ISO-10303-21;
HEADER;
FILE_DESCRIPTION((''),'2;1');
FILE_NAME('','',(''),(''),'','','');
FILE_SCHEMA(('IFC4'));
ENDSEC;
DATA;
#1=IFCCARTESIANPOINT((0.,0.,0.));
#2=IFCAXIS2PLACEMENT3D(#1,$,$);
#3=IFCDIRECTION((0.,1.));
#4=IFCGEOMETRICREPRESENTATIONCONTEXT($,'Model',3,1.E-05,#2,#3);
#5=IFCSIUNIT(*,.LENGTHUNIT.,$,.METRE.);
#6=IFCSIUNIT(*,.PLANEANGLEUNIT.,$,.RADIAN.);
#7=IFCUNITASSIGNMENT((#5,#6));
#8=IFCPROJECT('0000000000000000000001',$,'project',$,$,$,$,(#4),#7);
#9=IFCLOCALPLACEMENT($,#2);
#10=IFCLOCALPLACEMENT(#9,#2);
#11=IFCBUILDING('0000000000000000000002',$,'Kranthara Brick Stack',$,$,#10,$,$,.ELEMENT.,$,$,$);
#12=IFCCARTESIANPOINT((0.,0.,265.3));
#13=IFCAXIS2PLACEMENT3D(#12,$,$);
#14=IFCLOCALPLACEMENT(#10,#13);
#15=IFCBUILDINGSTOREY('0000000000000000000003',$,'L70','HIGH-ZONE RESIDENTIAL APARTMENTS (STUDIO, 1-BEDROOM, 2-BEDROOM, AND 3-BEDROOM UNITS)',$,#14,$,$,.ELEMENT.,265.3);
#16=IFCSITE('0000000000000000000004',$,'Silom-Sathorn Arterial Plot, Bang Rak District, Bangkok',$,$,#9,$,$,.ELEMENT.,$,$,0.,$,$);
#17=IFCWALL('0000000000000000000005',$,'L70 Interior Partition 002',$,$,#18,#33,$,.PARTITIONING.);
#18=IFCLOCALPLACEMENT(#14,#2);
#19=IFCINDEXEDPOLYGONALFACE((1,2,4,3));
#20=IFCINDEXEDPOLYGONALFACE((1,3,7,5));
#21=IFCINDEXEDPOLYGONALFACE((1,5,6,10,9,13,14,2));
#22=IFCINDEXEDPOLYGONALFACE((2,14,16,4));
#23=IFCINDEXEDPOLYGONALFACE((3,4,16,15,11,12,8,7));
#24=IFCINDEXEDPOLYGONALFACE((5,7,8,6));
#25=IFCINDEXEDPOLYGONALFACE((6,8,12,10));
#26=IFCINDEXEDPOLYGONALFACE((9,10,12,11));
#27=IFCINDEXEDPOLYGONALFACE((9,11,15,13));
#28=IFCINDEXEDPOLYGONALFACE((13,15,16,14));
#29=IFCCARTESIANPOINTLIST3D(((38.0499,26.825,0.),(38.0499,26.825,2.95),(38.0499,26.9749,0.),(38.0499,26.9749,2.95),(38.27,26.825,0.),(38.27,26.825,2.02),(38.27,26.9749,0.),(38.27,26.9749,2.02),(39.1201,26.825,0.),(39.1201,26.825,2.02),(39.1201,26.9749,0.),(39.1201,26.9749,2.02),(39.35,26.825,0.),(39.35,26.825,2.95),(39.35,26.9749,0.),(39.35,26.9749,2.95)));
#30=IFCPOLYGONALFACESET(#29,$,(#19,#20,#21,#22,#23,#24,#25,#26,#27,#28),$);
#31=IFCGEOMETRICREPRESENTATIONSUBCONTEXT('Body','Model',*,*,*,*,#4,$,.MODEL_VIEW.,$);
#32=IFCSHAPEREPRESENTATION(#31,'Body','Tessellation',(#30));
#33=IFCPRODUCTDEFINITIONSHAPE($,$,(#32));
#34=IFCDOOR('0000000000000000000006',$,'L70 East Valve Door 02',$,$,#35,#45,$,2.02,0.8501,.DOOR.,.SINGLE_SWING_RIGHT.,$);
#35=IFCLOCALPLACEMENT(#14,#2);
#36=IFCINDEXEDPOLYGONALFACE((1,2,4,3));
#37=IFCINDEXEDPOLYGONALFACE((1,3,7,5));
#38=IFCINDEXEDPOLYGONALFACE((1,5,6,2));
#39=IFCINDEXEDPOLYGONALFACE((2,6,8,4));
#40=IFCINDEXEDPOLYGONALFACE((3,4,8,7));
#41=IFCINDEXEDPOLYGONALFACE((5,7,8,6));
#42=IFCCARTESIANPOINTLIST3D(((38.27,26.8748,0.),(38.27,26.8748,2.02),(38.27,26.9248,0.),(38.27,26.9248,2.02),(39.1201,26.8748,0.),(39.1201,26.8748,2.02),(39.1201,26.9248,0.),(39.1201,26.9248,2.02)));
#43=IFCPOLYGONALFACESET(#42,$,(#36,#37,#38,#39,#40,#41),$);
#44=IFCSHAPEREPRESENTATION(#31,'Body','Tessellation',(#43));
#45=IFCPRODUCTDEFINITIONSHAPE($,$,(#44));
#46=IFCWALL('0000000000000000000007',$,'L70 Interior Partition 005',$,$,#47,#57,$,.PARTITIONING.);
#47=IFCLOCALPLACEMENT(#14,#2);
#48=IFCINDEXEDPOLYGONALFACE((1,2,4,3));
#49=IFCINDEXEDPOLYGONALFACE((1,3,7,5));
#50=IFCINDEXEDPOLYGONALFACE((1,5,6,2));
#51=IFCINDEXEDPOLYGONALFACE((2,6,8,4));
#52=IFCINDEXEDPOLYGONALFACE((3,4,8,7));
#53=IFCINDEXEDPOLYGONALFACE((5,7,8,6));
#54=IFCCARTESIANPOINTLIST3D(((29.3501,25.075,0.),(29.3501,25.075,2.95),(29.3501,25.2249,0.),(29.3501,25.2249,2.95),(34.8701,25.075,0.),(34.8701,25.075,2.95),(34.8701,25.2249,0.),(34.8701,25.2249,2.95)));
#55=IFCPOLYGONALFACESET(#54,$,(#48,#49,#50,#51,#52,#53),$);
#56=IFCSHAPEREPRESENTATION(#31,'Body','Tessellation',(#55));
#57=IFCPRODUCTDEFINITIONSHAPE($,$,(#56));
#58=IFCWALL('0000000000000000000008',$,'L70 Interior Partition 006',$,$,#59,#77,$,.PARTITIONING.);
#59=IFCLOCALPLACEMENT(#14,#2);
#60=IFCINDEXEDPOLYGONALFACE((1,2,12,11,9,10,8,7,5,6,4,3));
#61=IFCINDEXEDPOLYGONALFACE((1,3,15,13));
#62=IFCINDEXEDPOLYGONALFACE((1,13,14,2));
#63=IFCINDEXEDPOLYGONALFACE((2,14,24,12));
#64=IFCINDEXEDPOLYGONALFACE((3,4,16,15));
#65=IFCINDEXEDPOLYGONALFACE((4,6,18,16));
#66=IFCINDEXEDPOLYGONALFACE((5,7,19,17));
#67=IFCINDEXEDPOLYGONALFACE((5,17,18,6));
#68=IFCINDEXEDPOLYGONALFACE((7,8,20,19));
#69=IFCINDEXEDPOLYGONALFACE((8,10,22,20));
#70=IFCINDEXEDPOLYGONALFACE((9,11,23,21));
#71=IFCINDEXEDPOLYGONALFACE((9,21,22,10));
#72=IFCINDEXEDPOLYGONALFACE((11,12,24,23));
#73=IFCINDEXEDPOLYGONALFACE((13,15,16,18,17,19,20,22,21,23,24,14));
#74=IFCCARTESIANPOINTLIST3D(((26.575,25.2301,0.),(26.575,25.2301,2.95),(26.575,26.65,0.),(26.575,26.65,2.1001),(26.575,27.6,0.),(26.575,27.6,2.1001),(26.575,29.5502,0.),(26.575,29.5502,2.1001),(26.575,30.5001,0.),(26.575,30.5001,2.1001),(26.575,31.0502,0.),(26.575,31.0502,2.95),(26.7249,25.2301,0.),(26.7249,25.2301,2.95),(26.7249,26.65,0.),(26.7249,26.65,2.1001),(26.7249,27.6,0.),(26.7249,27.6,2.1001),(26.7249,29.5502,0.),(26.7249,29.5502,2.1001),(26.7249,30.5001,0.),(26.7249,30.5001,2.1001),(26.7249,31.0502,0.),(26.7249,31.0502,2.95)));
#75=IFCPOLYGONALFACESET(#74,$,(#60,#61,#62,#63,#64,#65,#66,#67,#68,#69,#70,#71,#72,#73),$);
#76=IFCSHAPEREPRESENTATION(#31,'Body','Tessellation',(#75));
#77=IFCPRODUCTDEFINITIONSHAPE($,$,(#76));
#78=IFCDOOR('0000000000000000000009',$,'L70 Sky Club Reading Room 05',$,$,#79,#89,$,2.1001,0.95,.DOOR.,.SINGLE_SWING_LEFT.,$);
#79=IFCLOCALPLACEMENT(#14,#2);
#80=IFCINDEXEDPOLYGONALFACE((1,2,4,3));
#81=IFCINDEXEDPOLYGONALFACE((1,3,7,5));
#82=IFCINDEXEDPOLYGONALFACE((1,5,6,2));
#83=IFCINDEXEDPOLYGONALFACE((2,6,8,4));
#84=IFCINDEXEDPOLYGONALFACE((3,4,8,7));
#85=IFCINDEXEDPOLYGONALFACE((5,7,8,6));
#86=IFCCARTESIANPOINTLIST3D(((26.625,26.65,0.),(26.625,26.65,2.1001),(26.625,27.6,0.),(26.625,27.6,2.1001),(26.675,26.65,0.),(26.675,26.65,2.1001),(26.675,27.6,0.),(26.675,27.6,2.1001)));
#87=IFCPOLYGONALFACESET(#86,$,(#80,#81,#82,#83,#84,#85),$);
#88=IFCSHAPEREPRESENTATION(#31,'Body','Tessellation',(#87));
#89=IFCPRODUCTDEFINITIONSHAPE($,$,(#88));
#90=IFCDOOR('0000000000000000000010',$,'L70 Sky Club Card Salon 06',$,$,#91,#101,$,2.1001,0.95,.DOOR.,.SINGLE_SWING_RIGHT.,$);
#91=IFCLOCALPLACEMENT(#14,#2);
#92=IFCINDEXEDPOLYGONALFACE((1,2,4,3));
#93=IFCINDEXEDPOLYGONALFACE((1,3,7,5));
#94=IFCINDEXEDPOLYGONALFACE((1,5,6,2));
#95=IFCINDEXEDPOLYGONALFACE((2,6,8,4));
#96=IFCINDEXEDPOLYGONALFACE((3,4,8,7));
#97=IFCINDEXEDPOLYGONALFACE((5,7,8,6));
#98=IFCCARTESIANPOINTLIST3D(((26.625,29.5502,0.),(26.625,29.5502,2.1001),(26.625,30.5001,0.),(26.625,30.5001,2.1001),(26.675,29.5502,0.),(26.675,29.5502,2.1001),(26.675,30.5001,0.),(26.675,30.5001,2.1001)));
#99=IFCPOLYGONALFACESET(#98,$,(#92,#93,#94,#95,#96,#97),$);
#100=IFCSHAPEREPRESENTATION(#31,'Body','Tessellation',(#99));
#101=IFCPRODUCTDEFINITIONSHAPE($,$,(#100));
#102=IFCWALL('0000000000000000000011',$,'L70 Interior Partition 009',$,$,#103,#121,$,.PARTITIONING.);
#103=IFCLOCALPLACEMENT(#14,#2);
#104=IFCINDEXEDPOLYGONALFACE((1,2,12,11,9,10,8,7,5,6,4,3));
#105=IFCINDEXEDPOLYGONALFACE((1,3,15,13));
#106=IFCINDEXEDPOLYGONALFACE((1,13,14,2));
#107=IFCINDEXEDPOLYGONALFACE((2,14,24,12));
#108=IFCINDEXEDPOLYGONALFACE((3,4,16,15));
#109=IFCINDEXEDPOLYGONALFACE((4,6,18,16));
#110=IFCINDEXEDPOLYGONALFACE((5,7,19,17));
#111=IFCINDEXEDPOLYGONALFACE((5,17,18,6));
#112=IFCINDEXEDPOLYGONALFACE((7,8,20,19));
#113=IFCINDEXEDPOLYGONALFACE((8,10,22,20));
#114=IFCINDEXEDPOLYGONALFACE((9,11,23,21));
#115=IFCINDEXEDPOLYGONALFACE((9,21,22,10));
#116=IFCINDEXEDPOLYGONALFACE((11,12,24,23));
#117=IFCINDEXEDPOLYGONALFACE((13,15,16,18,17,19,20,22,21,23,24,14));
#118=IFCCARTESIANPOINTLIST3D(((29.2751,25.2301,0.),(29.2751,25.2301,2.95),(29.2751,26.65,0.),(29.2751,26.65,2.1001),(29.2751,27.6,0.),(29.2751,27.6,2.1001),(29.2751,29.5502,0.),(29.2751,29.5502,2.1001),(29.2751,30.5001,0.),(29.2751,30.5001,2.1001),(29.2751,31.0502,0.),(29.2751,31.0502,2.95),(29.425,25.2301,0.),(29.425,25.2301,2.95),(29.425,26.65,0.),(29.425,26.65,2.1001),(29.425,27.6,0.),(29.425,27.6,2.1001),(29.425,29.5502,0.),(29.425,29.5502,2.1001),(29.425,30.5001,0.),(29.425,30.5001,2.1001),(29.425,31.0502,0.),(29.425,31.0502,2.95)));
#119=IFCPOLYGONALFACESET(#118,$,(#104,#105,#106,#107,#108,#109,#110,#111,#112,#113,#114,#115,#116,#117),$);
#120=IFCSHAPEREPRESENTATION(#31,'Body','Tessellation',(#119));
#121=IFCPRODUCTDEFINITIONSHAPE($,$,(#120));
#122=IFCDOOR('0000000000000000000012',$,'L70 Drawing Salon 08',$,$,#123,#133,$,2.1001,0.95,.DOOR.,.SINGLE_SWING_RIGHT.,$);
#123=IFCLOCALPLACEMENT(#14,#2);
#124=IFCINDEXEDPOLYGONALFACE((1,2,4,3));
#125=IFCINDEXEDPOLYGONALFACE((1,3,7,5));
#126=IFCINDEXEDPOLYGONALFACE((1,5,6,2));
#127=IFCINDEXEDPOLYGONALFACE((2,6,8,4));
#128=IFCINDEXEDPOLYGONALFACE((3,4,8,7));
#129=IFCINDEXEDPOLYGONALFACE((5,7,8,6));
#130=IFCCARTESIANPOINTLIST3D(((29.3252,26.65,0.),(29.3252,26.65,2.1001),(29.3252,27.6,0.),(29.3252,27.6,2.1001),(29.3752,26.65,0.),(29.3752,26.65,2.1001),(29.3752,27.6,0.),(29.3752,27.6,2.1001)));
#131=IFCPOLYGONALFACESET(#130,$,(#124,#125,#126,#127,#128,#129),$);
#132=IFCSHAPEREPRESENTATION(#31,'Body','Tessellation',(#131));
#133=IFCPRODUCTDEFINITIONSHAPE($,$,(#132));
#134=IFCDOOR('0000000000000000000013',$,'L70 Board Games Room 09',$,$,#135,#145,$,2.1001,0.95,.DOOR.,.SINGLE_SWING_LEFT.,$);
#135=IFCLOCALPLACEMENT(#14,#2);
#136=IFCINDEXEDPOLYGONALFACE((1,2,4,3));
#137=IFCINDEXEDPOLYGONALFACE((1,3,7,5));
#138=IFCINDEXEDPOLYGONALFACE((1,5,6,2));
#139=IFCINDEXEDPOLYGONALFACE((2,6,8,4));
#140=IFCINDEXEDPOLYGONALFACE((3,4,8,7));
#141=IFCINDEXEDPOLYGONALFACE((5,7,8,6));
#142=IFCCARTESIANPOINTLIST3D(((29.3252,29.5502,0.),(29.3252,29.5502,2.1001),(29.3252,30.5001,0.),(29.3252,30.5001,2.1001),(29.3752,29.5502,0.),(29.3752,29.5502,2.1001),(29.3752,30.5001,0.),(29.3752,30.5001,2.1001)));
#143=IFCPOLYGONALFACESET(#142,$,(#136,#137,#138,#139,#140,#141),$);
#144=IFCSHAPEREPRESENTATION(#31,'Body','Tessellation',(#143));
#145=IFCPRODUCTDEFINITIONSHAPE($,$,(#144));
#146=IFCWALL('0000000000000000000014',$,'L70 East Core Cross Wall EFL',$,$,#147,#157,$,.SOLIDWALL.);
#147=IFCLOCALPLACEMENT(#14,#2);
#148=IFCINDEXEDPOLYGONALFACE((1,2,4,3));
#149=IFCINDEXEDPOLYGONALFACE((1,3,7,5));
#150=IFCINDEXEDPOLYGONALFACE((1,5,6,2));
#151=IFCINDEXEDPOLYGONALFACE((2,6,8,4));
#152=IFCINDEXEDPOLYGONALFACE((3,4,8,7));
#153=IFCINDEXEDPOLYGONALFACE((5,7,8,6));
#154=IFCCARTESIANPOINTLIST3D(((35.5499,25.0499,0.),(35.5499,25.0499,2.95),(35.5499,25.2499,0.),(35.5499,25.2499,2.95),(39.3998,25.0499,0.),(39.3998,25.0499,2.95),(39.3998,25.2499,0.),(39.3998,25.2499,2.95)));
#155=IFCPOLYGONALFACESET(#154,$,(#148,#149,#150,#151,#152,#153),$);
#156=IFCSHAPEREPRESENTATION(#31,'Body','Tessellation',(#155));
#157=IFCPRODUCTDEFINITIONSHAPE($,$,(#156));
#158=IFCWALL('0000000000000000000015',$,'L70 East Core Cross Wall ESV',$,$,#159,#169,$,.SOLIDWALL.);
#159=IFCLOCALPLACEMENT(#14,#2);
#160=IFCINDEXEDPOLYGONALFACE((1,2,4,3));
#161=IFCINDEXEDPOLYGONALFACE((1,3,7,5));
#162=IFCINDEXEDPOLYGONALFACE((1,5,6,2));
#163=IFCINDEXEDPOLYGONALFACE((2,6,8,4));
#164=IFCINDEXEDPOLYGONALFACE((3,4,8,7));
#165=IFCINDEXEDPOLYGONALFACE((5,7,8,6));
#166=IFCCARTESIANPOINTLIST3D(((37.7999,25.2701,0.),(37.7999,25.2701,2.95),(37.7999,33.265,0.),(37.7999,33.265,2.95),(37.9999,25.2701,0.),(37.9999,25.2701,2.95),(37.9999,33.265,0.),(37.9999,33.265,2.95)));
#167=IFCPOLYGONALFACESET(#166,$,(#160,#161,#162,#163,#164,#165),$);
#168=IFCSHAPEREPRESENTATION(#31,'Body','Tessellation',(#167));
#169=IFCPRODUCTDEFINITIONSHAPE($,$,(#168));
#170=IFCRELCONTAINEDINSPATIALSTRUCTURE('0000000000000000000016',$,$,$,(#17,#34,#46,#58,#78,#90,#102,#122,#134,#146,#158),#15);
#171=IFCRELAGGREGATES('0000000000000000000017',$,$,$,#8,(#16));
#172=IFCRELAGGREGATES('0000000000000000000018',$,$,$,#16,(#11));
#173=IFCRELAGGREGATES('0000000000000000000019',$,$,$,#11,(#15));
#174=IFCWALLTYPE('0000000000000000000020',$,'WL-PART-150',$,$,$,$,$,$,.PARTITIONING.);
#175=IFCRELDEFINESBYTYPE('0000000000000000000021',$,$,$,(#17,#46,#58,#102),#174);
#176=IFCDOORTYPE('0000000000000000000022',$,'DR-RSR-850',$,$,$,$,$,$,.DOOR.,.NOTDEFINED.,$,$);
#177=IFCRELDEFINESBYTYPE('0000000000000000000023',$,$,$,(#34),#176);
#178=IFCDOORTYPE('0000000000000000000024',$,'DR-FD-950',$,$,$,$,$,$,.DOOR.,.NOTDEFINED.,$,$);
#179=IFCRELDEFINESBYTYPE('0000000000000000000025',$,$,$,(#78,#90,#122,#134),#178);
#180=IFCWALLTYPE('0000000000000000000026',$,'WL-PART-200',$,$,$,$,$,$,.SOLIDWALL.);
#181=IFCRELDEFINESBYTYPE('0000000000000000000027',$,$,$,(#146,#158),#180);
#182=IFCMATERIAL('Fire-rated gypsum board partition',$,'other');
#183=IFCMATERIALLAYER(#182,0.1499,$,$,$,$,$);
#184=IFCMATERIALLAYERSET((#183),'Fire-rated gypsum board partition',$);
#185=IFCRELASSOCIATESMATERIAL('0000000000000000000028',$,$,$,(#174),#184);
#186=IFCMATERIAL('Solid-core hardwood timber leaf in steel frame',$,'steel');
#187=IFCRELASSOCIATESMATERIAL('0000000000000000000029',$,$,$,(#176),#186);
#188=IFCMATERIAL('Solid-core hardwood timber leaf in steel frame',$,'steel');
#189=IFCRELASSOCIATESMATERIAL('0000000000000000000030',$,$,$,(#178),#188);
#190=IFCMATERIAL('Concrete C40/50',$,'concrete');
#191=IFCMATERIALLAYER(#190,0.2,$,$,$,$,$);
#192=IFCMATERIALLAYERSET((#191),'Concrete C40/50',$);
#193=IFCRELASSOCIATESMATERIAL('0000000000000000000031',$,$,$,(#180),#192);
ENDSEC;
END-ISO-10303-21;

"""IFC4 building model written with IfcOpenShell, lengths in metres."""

from ifc_helpers import new_model, si_unit, direction, frame, frame_2d, origin, place, context, subcontext, project, spatial, rectangle, extrude, material, layer, layer_set, type_object, element, fill, save


model = new_model("IFC4")

# Units and contexts
model_context = context("Model", 3, precision=1e-05, world=origin(), true_north=direction((0.0, 1.0)))
body_context = subcontext(model_context, "Body", "Model", "MODEL_VIEW")
ifc_project = project(units=[si_unit("LENGTHUNIT", "METRE"), si_unit("PLANEANGLEUNIT", "RADIAN")], contexts=[model_context])

# Site, building, storey
site_placement = place(None, origin())
site = spatial("IfcSite", under=ifc_project, at=site_placement, Name="Silom-Sathorn Arterial Plot, Bang Rak District, Bangkok", CompositionType="ELEMENT", RefElevation=0.0)
building_placement = place(site_placement, origin())
building = spatial("IfcBuilding", under=site, at=building_placement, Name="Kranthara Brick Stack", CompositionType="ELEMENT")
storey_placement = place(building_placement, frame((0.0, 0.0, 265.3)))
storey = spatial("IfcBuildingStorey", under=building, at=storey_placement, Name="L70", Description="HIGH-ZONE RESIDENTIAL APARTMENTS (STUDIO, 1-BEDROOM, 2-BEDROOM, AND 3-BEDROOM UNITS)", CompositionType="ELEMENT", Elevation=265.3)

# Wall, opening, door
ifc_material_1 = material(Name="Fire-rated gypsum board partition", Category="other")
ifc_layer_1 = layer(ifc_material_1, 0.1499)
ifc_layer_set_1 = layer_set([ifc_layer_1], Name="Fire-rated gypsum board partition")
wall_type_1 = type_object("IfcWallType", Name="WL-PART-150", PredefinedType="PARTITIONING", material=ifc_layer_set_1)
wall_1_placement = place(storey_placement, frame((38.05, 26.8999, 0.0), z_axis=(0.0, 0.0, 1.0), x_axis=(1.0, 0.0, 0.0)))
wall_1 = element("IfcWall", 1, at=wall_1_placement, inside=storey, type_object=wall_type_1, Name="L70 Interior Partition 002", PredefinedType="PARTITIONING", context=body_context, shape_type="SweptSolid", body=[
    extrude(rectangle(XDim=1.3, YDim=0.1499, at=frame_2d((0.6499, 0.0))), origin(), (0.0, 0.0, 1.0), 2.95),
])
opening_1_placement = place(wall_1_placement, frame((0.22, 0.0, 0.0)))
opening_1 = element("IfcOpeningElement", 2, at=opening_1_placement, cuts=wall_1, PredefinedType="OPENING", context=body_context, shape_type="SweptSolid", body=[
    extrude(rectangle(XDim=0.8501, YDim=2.02, at=frame_2d((0.425, 1.01))), frame((0.0, 0.085, 0.0), z_axis=(0.0, -1.0, 0.0), x_axis=(1.0, 0.0, 0.0)), (0.0, 0.0, 1.0), 0.1699),
])
ifc_material_2 = material(Name="Solid-core hardwood timber leaf in steel frame", Category="steel")
door_type_1 = type_object("IfcDoorType", Name="DR-RSR-850", OperationType="NOTDEFINED", PredefinedType="DOOR", material=ifc_material_2)
door_1_placement = place(opening_1_placement, origin())
door_1 = element("IfcDoor", 3, at=door_1_placement, inside=storey, type_object=door_type_1, Name="L70 East Valve Door 02", OperationType="SINGLE_SWING_RIGHT", OverallHeight=2.02, OverallWidth=0.8501, PredefinedType="DOOR", context=body_context, shape_type="SweptSolid", body=[
    extrude(rectangle(XDim=0.8501, YDim=2.02, at=frame_2d((0.425, 1.01))), frame((0.0, 0.0249, 0.0), z_axis=(0.0, -1.0, 0.0), x_axis=(1.0, 0.0, 0.0)), (0.0, 0.0, 1.0), 0.05),
])
fill(opening_1, door_1)

# Wall
wall_2_placement = place(storey_placement, frame((29.3501, 25.1499, 0.0), z_axis=(0.0, 0.0, 1.0), x_axis=(1.0, 0.0, 0.0)))
element("IfcWall", 4, at=wall_2_placement, inside=storey, type_object=wall_type_1, Name="L70 Interior Partition 005", PredefinedType="PARTITIONING", context=body_context, shape_type="SweptSolid", body=[
    extrude(rectangle(XDim=5.52, YDim=0.1499, at=frame_2d((2.76, 0.0))), origin(), (0.0, 0.0, 1.0), 2.95),
])

# Walls, openings, doors
wall_3_placement = place(storey_placement, frame((26.6499, 25.23, 0.0), z_axis=(0.0, 0.0, 1.0), x_axis=(0.0, 1.0, 0.0)))
wall_3 = element("IfcWall", 5, at=wall_3_placement, inside=storey, type_object=wall_type_1, Name="L70 Interior Partition 006", PredefinedType="PARTITIONING", context=body_context, shape_type="SweptSolid", body=[
    extrude(rectangle(XDim=5.8201, YDim=0.1499, at=frame_2d((2.9102, 0.0))), origin(), (0.0, 0.0, 1.0), 2.95),
])
opening_2_placement = place(wall_3_placement, frame((1.4199, 0.0, 0.0)))
opening_2 = element("IfcOpeningElement", 6, at=opening_2_placement, cuts=wall_3, PredefinedType="OPENING", context=body_context, shape_type="SweptSolid", body=[
    extrude(rectangle(XDim=0.95, YDim=2.1001, at=frame_2d((0.4751, 1.05))), frame((0.0, 0.085, 0.0), z_axis=(0.0, -1.0, 0.0), x_axis=(1.0, 0.0, 0.0)), (0.0, 0.0, 1.0), 0.1699),
])
opening_3_placement = place(wall_3_placement, frame((4.3201, 0.0, 0.0)))
opening_3 = element("IfcOpeningElement", 7, at=opening_3_placement, cuts=wall_3, PredefinedType="OPENING", context=body_context, shape_type="SweptSolid", body=[
    extrude(rectangle(XDim=0.95, YDim=2.1001, at=frame_2d((0.4751, 1.05))), frame((0.0, 0.085, 0.0), z_axis=(0.0, -1.0, 0.0), x_axis=(1.0, 0.0, 0.0)), (0.0, 0.0, 1.0), 0.1699),
])
ifc_material_3 = material(Name="Solid-core hardwood timber leaf in steel frame", Category="steel")
door_type_2 = type_object("IfcDoorType", Name="DR-FD-950", OperationType="NOTDEFINED", PredefinedType="DOOR", material=ifc_material_3)
door_2_placement = place(opening_2_placement, origin())
door_2 = element("IfcDoor", 8, at=door_2_placement, inside=storey, type_object=door_type_2, Name="L70 Sky Club Reading Room 05", OperationType="SINGLE_SWING_LEFT", OverallHeight=2.1001, OverallWidth=0.95, PredefinedType="DOOR", context=body_context, shape_type="SweptSolid", body=[
    extrude(rectangle(XDim=0.95, YDim=2.1001, at=frame_2d((0.4751, 1.05))), frame((0.0, 0.0249, 0.0), z_axis=(0.0, -1.0, 0.0), x_axis=(1.0, 0.0, 0.0)), (0.0, 0.0, 1.0), 0.05),
])
fill(opening_2, door_2)
door_3_placement = place(opening_3_placement, origin())
door_3 = element("IfcDoor", 9, at=door_3_placement, inside=storey, type_object=door_type_2, Name="L70 Sky Club Card Salon 06", OperationType="SINGLE_SWING_RIGHT", OverallHeight=2.1001, OverallWidth=0.95, PredefinedType="DOOR", context=body_context, shape_type="SweptSolid", body=[
    extrude(rectangle(XDim=0.95, YDim=2.1001, at=frame_2d((0.4751, 1.05))), frame((0.0, 0.0249, 0.0), z_axis=(0.0, -1.0, 0.0), x_axis=(1.0, 0.0, 0.0)), (0.0, 0.0, 1.0), 0.05),
])
fill(opening_3, door_3)
wall_4_placement = place(storey_placement, frame((29.3501, 25.23, 0.0), z_axis=(0.0, 0.0, 1.0), x_axis=(0.0, 1.0, 0.0)))
wall_4 = element("IfcWall", 10, at=wall_4_placement, inside=storey, type_object=wall_type_1, Name="L70 Interior Partition 009", PredefinedType="PARTITIONING", context=body_context, shape_type="SweptSolid", body=[
    extrude(rectangle(XDim=5.8201, YDim=0.1499, at=frame_2d((2.9102, 0.0))), origin(), (0.0, 0.0, 1.0), 2.95),
])
opening_4_placement = place(wall_4_placement, frame((1.4199, 0.0, 0.0)))
opening_4 = element("IfcOpeningElement", 11, at=opening_4_placement, cuts=wall_4, PredefinedType="OPENING", context=body_context, shape_type="SweptSolid", body=[
    extrude(rectangle(XDim=0.95, YDim=2.1001, at=frame_2d((0.4751, 1.05))), frame((0.0, 0.085, 0.0), z_axis=(0.0, -1.0, 0.0), x_axis=(1.0, 0.0, 0.0)), (0.0, 0.0, 1.0), 0.1699),
])
opening_5_placement = place(wall_4_placement, frame((4.3201, 0.0, 0.0)))
opening_5 = element("IfcOpeningElement", 12, at=opening_5_placement, cuts=wall_4, PredefinedType="OPENING", context=body_context, shape_type="SweptSolid", body=[
    extrude(rectangle(XDim=0.95, YDim=2.1001, at=frame_2d((0.4751, 1.05))), frame((0.0, 0.085, 0.0), z_axis=(0.0, -1.0, 0.0), x_axis=(1.0, 0.0, 0.0)), (0.0, 0.0, 1.0), 0.1699),
])
door_4_placement = place(opening_4_placement, origin())
door_4 = element("IfcDoor", 13, at=door_4_placement, inside=storey, type_object=door_type_2, Name="L70 Drawing Salon 08", OperationType="SINGLE_SWING_RIGHT", OverallHeight=2.1001, OverallWidth=0.95, PredefinedType="DOOR", context=body_context, shape_type="SweptSolid", body=[
    extrude(rectangle(XDim=0.95, YDim=2.1001, at=frame_2d((0.4751, 1.05))), frame((0.0, 0.0249, 0.0), z_axis=(0.0, -1.0, 0.0), x_axis=(1.0, 0.0, 0.0)), (0.0, 0.0, 1.0), 0.05),
])
fill(opening_4, door_4)
door_5_placement = place(opening_5_placement, origin())
door_5 = element("IfcDoor", 14, at=door_5_placement, inside=storey, type_object=door_type_2, Name="L70 Board Games Room 09", OperationType="SINGLE_SWING_LEFT", OverallHeight=2.1001, OverallWidth=0.95, PredefinedType="DOOR", context=body_context, shape_type="SweptSolid", body=[
    extrude(rectangle(XDim=0.95, YDim=2.1001, at=frame_2d((0.4751, 1.05))), frame((0.0, 0.0249, 0.0), z_axis=(0.0, -1.0, 0.0), x_axis=(1.0, 0.0, 0.0)), (0.0, 0.0, 1.0), 0.05),
])
fill(opening_5, door_5)

# Walls
ifc_material_4 = material(Name="Concrete C40/50", Category="concrete")
ifc_layer_2 = layer(ifc_material_4, 0.2)
ifc_layer_set_2 = layer_set([ifc_layer_2], Name="Concrete C40/50")
wall_type_2 = type_object("IfcWallType", Name="WL-PART-200", PredefinedType="SOLIDWALL", material=ifc_layer_set_2)
wall_5_placement = place(storey_placement, frame((35.55, 25.1499, 0.0), z_axis=(0.0, 0.0, 1.0), x_axis=(1.0, 0.0, 0.0)))
element("IfcWall", 15, at=wall_5_placement, inside=storey, type_object=wall_type_2, Name="L70 East Core Cross Wall EFL", PredefinedType="SOLIDWALL", context=body_context, shape_type="SweptSolid", body=[
    extrude(rectangle(XDim=3.8499, YDim=0.2, at=frame_2d((1.9248, 0.0))), origin(), (0.0, 0.0, 1.0), 2.95),
])
wall_6_placement = place(storey_placement, frame((37.8999, 25.27, 0.0), z_axis=(0.0, 0.0, 1.0), x_axis=(0.0, 1.0, 0.0)))
element("IfcWall", 16, at=wall_6_placement, inside=storey, type_object=wall_type_2, Name="L70 East Core Cross Wall ESV", PredefinedType="SOLIDWALL", context=body_context, shape_type="SweptSolid", body=[
    extrude(rectangle(XDim=7.9949, YDim=0.2, at=frame_2d((3.9976, 0.0))), origin(), (0.0, 0.0, 1.0), 2.95),
])

save(model, "model.ifc")
